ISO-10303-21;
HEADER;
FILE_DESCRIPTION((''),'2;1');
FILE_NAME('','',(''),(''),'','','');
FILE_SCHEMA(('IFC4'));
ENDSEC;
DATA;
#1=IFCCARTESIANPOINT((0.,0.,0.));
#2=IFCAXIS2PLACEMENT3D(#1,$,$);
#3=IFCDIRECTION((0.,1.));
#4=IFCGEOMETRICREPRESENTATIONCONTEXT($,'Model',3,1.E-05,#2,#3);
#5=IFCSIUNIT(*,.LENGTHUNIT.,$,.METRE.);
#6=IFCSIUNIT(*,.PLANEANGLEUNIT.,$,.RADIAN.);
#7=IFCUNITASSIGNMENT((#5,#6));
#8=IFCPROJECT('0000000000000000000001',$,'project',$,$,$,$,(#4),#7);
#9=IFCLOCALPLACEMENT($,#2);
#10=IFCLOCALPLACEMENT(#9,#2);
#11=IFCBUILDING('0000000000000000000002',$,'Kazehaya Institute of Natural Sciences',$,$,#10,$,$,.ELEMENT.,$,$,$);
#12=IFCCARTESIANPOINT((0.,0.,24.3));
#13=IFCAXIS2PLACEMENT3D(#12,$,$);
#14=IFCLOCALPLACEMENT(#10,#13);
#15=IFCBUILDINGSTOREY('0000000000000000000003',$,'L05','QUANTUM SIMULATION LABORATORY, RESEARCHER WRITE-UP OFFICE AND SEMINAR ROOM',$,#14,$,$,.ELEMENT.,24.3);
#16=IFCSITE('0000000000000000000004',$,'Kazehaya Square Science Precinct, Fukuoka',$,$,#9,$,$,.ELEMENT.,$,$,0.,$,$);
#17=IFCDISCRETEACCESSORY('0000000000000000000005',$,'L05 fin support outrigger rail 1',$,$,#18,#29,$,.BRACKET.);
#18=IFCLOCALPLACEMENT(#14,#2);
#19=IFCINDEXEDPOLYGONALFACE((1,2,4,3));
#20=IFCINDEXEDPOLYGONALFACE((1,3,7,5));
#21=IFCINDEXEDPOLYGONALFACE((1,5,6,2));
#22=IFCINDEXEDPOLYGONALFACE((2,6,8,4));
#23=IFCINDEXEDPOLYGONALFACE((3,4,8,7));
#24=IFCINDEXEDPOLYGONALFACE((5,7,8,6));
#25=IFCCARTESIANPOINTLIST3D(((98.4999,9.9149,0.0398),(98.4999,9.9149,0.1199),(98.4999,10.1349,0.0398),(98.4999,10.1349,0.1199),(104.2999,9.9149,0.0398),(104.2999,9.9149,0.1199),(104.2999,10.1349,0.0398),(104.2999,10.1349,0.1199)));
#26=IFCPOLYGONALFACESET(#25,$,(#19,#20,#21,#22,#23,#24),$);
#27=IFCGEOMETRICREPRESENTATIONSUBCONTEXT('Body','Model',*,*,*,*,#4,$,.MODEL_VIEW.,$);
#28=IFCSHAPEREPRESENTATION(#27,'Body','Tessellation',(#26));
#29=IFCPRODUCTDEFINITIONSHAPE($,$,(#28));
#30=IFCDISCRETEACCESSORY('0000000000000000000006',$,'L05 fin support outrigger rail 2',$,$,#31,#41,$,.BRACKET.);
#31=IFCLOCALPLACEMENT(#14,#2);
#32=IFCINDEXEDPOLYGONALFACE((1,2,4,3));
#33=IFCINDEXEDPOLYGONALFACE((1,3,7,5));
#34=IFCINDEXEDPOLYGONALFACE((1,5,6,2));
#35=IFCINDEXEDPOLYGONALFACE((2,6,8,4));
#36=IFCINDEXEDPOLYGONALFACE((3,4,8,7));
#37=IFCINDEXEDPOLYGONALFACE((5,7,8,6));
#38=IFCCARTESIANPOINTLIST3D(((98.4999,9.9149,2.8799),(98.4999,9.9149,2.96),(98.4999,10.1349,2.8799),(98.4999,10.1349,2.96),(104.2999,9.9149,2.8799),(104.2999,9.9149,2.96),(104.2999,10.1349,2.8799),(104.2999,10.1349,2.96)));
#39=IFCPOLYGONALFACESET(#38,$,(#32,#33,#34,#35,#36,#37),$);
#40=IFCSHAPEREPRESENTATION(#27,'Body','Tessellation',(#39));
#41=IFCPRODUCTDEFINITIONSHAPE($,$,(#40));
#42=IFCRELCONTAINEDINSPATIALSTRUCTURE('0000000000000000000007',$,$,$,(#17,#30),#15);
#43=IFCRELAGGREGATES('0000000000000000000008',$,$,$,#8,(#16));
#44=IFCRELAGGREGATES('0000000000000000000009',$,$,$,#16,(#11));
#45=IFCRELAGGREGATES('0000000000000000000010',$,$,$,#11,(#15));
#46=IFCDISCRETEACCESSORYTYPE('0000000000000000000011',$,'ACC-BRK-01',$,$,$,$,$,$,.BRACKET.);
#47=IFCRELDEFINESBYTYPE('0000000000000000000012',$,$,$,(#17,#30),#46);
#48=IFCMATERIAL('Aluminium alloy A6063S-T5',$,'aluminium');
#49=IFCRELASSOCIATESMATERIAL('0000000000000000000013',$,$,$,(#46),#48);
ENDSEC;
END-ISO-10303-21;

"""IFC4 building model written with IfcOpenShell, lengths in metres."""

from ifc_helpers import new_model, si_unit, direction, frame, origin, origin_2d, place, context, subcontext, project, spatial, rectangle, extrude, material, type_object, element, save


model = new_model("IFC4")

# Units and contexts
model_context = context("Model", 3, precision=1e-05, world=origin(), true_north=direction((0.0, 1.0)))
body_context = subcontext(model_context, "Body", "Model", "MODEL_VIEW")
ifc_project = project(units=[si_unit("LENGTHUNIT", "METRE"), si_unit("PLANEANGLEUNIT", "RADIAN")], contexts=[model_context])

# Site, building, storey
site_placement = place(None, origin())
site = spatial("IfcSite", under=ifc_project, at=site_placement, Name="Kazehaya Square Science Precinct, Fukuoka", CompositionType="ELEMENT", RefElevation=0.0)
building_placement = place(site_placement, origin())
building = spatial("IfcBuilding", under=site, at=building_placement, Name="Kazehaya Institute of Natural Sciences", CompositionType="ELEMENT")
storey_placement = place(building_placement, frame((0.0, 0.0, 24.3)))
storey = spatial("IfcBuildingStorey", under=building, at=storey_placement, Name="L05", Description="QUANTUM SIMULATION LABORATORY, RESEARCHER WRITE-UP OFFICE AND SEMINAR ROOM", CompositionType="ELEMENT", Elevation=24.3)

# Shared definitions
ifc_material_1 = material(Name="Aluminium alloy A6063S-T5", Category="aluminium")

# Discrete accessories
discrete_accessory_type = type_object("IfcDiscreteAccessoryType", Name="ACC-BRK-01", PredefinedType="BRACKET", material=ifc_material_1)
for number, where, z_axis, x_axis, name in (
    (1, (101.3999, 10.0249, 0.0398), (0.0, 0.0, 1.0), (-1.0, 0.0, 0.0), "L05 fin support outrigger rail 1"),
    (2, (101.3999, 10.0249, 2.8799), (0.0, 0.0, 1.0), (-1.0, 0.0, 0.0), "L05 fin support outrigger rail 2"),
):
    element("IfcDiscreteAccessory", number, at=place(storey_placement, frame(where, z_axis=z_axis, x_axis=x_axis)), inside=storey, type_object=discrete_accessory_type, Name=name, PredefinedType="BRACKET", context=body_context, shape_type="SweptSolid", body=[
        extrude(rectangle(XDim=5.8, YDim=0.22, at=origin_2d()), origin(), (0.0, 0.0, 1.0), 0.0801),
    ])

save(model, "model.ifc")
